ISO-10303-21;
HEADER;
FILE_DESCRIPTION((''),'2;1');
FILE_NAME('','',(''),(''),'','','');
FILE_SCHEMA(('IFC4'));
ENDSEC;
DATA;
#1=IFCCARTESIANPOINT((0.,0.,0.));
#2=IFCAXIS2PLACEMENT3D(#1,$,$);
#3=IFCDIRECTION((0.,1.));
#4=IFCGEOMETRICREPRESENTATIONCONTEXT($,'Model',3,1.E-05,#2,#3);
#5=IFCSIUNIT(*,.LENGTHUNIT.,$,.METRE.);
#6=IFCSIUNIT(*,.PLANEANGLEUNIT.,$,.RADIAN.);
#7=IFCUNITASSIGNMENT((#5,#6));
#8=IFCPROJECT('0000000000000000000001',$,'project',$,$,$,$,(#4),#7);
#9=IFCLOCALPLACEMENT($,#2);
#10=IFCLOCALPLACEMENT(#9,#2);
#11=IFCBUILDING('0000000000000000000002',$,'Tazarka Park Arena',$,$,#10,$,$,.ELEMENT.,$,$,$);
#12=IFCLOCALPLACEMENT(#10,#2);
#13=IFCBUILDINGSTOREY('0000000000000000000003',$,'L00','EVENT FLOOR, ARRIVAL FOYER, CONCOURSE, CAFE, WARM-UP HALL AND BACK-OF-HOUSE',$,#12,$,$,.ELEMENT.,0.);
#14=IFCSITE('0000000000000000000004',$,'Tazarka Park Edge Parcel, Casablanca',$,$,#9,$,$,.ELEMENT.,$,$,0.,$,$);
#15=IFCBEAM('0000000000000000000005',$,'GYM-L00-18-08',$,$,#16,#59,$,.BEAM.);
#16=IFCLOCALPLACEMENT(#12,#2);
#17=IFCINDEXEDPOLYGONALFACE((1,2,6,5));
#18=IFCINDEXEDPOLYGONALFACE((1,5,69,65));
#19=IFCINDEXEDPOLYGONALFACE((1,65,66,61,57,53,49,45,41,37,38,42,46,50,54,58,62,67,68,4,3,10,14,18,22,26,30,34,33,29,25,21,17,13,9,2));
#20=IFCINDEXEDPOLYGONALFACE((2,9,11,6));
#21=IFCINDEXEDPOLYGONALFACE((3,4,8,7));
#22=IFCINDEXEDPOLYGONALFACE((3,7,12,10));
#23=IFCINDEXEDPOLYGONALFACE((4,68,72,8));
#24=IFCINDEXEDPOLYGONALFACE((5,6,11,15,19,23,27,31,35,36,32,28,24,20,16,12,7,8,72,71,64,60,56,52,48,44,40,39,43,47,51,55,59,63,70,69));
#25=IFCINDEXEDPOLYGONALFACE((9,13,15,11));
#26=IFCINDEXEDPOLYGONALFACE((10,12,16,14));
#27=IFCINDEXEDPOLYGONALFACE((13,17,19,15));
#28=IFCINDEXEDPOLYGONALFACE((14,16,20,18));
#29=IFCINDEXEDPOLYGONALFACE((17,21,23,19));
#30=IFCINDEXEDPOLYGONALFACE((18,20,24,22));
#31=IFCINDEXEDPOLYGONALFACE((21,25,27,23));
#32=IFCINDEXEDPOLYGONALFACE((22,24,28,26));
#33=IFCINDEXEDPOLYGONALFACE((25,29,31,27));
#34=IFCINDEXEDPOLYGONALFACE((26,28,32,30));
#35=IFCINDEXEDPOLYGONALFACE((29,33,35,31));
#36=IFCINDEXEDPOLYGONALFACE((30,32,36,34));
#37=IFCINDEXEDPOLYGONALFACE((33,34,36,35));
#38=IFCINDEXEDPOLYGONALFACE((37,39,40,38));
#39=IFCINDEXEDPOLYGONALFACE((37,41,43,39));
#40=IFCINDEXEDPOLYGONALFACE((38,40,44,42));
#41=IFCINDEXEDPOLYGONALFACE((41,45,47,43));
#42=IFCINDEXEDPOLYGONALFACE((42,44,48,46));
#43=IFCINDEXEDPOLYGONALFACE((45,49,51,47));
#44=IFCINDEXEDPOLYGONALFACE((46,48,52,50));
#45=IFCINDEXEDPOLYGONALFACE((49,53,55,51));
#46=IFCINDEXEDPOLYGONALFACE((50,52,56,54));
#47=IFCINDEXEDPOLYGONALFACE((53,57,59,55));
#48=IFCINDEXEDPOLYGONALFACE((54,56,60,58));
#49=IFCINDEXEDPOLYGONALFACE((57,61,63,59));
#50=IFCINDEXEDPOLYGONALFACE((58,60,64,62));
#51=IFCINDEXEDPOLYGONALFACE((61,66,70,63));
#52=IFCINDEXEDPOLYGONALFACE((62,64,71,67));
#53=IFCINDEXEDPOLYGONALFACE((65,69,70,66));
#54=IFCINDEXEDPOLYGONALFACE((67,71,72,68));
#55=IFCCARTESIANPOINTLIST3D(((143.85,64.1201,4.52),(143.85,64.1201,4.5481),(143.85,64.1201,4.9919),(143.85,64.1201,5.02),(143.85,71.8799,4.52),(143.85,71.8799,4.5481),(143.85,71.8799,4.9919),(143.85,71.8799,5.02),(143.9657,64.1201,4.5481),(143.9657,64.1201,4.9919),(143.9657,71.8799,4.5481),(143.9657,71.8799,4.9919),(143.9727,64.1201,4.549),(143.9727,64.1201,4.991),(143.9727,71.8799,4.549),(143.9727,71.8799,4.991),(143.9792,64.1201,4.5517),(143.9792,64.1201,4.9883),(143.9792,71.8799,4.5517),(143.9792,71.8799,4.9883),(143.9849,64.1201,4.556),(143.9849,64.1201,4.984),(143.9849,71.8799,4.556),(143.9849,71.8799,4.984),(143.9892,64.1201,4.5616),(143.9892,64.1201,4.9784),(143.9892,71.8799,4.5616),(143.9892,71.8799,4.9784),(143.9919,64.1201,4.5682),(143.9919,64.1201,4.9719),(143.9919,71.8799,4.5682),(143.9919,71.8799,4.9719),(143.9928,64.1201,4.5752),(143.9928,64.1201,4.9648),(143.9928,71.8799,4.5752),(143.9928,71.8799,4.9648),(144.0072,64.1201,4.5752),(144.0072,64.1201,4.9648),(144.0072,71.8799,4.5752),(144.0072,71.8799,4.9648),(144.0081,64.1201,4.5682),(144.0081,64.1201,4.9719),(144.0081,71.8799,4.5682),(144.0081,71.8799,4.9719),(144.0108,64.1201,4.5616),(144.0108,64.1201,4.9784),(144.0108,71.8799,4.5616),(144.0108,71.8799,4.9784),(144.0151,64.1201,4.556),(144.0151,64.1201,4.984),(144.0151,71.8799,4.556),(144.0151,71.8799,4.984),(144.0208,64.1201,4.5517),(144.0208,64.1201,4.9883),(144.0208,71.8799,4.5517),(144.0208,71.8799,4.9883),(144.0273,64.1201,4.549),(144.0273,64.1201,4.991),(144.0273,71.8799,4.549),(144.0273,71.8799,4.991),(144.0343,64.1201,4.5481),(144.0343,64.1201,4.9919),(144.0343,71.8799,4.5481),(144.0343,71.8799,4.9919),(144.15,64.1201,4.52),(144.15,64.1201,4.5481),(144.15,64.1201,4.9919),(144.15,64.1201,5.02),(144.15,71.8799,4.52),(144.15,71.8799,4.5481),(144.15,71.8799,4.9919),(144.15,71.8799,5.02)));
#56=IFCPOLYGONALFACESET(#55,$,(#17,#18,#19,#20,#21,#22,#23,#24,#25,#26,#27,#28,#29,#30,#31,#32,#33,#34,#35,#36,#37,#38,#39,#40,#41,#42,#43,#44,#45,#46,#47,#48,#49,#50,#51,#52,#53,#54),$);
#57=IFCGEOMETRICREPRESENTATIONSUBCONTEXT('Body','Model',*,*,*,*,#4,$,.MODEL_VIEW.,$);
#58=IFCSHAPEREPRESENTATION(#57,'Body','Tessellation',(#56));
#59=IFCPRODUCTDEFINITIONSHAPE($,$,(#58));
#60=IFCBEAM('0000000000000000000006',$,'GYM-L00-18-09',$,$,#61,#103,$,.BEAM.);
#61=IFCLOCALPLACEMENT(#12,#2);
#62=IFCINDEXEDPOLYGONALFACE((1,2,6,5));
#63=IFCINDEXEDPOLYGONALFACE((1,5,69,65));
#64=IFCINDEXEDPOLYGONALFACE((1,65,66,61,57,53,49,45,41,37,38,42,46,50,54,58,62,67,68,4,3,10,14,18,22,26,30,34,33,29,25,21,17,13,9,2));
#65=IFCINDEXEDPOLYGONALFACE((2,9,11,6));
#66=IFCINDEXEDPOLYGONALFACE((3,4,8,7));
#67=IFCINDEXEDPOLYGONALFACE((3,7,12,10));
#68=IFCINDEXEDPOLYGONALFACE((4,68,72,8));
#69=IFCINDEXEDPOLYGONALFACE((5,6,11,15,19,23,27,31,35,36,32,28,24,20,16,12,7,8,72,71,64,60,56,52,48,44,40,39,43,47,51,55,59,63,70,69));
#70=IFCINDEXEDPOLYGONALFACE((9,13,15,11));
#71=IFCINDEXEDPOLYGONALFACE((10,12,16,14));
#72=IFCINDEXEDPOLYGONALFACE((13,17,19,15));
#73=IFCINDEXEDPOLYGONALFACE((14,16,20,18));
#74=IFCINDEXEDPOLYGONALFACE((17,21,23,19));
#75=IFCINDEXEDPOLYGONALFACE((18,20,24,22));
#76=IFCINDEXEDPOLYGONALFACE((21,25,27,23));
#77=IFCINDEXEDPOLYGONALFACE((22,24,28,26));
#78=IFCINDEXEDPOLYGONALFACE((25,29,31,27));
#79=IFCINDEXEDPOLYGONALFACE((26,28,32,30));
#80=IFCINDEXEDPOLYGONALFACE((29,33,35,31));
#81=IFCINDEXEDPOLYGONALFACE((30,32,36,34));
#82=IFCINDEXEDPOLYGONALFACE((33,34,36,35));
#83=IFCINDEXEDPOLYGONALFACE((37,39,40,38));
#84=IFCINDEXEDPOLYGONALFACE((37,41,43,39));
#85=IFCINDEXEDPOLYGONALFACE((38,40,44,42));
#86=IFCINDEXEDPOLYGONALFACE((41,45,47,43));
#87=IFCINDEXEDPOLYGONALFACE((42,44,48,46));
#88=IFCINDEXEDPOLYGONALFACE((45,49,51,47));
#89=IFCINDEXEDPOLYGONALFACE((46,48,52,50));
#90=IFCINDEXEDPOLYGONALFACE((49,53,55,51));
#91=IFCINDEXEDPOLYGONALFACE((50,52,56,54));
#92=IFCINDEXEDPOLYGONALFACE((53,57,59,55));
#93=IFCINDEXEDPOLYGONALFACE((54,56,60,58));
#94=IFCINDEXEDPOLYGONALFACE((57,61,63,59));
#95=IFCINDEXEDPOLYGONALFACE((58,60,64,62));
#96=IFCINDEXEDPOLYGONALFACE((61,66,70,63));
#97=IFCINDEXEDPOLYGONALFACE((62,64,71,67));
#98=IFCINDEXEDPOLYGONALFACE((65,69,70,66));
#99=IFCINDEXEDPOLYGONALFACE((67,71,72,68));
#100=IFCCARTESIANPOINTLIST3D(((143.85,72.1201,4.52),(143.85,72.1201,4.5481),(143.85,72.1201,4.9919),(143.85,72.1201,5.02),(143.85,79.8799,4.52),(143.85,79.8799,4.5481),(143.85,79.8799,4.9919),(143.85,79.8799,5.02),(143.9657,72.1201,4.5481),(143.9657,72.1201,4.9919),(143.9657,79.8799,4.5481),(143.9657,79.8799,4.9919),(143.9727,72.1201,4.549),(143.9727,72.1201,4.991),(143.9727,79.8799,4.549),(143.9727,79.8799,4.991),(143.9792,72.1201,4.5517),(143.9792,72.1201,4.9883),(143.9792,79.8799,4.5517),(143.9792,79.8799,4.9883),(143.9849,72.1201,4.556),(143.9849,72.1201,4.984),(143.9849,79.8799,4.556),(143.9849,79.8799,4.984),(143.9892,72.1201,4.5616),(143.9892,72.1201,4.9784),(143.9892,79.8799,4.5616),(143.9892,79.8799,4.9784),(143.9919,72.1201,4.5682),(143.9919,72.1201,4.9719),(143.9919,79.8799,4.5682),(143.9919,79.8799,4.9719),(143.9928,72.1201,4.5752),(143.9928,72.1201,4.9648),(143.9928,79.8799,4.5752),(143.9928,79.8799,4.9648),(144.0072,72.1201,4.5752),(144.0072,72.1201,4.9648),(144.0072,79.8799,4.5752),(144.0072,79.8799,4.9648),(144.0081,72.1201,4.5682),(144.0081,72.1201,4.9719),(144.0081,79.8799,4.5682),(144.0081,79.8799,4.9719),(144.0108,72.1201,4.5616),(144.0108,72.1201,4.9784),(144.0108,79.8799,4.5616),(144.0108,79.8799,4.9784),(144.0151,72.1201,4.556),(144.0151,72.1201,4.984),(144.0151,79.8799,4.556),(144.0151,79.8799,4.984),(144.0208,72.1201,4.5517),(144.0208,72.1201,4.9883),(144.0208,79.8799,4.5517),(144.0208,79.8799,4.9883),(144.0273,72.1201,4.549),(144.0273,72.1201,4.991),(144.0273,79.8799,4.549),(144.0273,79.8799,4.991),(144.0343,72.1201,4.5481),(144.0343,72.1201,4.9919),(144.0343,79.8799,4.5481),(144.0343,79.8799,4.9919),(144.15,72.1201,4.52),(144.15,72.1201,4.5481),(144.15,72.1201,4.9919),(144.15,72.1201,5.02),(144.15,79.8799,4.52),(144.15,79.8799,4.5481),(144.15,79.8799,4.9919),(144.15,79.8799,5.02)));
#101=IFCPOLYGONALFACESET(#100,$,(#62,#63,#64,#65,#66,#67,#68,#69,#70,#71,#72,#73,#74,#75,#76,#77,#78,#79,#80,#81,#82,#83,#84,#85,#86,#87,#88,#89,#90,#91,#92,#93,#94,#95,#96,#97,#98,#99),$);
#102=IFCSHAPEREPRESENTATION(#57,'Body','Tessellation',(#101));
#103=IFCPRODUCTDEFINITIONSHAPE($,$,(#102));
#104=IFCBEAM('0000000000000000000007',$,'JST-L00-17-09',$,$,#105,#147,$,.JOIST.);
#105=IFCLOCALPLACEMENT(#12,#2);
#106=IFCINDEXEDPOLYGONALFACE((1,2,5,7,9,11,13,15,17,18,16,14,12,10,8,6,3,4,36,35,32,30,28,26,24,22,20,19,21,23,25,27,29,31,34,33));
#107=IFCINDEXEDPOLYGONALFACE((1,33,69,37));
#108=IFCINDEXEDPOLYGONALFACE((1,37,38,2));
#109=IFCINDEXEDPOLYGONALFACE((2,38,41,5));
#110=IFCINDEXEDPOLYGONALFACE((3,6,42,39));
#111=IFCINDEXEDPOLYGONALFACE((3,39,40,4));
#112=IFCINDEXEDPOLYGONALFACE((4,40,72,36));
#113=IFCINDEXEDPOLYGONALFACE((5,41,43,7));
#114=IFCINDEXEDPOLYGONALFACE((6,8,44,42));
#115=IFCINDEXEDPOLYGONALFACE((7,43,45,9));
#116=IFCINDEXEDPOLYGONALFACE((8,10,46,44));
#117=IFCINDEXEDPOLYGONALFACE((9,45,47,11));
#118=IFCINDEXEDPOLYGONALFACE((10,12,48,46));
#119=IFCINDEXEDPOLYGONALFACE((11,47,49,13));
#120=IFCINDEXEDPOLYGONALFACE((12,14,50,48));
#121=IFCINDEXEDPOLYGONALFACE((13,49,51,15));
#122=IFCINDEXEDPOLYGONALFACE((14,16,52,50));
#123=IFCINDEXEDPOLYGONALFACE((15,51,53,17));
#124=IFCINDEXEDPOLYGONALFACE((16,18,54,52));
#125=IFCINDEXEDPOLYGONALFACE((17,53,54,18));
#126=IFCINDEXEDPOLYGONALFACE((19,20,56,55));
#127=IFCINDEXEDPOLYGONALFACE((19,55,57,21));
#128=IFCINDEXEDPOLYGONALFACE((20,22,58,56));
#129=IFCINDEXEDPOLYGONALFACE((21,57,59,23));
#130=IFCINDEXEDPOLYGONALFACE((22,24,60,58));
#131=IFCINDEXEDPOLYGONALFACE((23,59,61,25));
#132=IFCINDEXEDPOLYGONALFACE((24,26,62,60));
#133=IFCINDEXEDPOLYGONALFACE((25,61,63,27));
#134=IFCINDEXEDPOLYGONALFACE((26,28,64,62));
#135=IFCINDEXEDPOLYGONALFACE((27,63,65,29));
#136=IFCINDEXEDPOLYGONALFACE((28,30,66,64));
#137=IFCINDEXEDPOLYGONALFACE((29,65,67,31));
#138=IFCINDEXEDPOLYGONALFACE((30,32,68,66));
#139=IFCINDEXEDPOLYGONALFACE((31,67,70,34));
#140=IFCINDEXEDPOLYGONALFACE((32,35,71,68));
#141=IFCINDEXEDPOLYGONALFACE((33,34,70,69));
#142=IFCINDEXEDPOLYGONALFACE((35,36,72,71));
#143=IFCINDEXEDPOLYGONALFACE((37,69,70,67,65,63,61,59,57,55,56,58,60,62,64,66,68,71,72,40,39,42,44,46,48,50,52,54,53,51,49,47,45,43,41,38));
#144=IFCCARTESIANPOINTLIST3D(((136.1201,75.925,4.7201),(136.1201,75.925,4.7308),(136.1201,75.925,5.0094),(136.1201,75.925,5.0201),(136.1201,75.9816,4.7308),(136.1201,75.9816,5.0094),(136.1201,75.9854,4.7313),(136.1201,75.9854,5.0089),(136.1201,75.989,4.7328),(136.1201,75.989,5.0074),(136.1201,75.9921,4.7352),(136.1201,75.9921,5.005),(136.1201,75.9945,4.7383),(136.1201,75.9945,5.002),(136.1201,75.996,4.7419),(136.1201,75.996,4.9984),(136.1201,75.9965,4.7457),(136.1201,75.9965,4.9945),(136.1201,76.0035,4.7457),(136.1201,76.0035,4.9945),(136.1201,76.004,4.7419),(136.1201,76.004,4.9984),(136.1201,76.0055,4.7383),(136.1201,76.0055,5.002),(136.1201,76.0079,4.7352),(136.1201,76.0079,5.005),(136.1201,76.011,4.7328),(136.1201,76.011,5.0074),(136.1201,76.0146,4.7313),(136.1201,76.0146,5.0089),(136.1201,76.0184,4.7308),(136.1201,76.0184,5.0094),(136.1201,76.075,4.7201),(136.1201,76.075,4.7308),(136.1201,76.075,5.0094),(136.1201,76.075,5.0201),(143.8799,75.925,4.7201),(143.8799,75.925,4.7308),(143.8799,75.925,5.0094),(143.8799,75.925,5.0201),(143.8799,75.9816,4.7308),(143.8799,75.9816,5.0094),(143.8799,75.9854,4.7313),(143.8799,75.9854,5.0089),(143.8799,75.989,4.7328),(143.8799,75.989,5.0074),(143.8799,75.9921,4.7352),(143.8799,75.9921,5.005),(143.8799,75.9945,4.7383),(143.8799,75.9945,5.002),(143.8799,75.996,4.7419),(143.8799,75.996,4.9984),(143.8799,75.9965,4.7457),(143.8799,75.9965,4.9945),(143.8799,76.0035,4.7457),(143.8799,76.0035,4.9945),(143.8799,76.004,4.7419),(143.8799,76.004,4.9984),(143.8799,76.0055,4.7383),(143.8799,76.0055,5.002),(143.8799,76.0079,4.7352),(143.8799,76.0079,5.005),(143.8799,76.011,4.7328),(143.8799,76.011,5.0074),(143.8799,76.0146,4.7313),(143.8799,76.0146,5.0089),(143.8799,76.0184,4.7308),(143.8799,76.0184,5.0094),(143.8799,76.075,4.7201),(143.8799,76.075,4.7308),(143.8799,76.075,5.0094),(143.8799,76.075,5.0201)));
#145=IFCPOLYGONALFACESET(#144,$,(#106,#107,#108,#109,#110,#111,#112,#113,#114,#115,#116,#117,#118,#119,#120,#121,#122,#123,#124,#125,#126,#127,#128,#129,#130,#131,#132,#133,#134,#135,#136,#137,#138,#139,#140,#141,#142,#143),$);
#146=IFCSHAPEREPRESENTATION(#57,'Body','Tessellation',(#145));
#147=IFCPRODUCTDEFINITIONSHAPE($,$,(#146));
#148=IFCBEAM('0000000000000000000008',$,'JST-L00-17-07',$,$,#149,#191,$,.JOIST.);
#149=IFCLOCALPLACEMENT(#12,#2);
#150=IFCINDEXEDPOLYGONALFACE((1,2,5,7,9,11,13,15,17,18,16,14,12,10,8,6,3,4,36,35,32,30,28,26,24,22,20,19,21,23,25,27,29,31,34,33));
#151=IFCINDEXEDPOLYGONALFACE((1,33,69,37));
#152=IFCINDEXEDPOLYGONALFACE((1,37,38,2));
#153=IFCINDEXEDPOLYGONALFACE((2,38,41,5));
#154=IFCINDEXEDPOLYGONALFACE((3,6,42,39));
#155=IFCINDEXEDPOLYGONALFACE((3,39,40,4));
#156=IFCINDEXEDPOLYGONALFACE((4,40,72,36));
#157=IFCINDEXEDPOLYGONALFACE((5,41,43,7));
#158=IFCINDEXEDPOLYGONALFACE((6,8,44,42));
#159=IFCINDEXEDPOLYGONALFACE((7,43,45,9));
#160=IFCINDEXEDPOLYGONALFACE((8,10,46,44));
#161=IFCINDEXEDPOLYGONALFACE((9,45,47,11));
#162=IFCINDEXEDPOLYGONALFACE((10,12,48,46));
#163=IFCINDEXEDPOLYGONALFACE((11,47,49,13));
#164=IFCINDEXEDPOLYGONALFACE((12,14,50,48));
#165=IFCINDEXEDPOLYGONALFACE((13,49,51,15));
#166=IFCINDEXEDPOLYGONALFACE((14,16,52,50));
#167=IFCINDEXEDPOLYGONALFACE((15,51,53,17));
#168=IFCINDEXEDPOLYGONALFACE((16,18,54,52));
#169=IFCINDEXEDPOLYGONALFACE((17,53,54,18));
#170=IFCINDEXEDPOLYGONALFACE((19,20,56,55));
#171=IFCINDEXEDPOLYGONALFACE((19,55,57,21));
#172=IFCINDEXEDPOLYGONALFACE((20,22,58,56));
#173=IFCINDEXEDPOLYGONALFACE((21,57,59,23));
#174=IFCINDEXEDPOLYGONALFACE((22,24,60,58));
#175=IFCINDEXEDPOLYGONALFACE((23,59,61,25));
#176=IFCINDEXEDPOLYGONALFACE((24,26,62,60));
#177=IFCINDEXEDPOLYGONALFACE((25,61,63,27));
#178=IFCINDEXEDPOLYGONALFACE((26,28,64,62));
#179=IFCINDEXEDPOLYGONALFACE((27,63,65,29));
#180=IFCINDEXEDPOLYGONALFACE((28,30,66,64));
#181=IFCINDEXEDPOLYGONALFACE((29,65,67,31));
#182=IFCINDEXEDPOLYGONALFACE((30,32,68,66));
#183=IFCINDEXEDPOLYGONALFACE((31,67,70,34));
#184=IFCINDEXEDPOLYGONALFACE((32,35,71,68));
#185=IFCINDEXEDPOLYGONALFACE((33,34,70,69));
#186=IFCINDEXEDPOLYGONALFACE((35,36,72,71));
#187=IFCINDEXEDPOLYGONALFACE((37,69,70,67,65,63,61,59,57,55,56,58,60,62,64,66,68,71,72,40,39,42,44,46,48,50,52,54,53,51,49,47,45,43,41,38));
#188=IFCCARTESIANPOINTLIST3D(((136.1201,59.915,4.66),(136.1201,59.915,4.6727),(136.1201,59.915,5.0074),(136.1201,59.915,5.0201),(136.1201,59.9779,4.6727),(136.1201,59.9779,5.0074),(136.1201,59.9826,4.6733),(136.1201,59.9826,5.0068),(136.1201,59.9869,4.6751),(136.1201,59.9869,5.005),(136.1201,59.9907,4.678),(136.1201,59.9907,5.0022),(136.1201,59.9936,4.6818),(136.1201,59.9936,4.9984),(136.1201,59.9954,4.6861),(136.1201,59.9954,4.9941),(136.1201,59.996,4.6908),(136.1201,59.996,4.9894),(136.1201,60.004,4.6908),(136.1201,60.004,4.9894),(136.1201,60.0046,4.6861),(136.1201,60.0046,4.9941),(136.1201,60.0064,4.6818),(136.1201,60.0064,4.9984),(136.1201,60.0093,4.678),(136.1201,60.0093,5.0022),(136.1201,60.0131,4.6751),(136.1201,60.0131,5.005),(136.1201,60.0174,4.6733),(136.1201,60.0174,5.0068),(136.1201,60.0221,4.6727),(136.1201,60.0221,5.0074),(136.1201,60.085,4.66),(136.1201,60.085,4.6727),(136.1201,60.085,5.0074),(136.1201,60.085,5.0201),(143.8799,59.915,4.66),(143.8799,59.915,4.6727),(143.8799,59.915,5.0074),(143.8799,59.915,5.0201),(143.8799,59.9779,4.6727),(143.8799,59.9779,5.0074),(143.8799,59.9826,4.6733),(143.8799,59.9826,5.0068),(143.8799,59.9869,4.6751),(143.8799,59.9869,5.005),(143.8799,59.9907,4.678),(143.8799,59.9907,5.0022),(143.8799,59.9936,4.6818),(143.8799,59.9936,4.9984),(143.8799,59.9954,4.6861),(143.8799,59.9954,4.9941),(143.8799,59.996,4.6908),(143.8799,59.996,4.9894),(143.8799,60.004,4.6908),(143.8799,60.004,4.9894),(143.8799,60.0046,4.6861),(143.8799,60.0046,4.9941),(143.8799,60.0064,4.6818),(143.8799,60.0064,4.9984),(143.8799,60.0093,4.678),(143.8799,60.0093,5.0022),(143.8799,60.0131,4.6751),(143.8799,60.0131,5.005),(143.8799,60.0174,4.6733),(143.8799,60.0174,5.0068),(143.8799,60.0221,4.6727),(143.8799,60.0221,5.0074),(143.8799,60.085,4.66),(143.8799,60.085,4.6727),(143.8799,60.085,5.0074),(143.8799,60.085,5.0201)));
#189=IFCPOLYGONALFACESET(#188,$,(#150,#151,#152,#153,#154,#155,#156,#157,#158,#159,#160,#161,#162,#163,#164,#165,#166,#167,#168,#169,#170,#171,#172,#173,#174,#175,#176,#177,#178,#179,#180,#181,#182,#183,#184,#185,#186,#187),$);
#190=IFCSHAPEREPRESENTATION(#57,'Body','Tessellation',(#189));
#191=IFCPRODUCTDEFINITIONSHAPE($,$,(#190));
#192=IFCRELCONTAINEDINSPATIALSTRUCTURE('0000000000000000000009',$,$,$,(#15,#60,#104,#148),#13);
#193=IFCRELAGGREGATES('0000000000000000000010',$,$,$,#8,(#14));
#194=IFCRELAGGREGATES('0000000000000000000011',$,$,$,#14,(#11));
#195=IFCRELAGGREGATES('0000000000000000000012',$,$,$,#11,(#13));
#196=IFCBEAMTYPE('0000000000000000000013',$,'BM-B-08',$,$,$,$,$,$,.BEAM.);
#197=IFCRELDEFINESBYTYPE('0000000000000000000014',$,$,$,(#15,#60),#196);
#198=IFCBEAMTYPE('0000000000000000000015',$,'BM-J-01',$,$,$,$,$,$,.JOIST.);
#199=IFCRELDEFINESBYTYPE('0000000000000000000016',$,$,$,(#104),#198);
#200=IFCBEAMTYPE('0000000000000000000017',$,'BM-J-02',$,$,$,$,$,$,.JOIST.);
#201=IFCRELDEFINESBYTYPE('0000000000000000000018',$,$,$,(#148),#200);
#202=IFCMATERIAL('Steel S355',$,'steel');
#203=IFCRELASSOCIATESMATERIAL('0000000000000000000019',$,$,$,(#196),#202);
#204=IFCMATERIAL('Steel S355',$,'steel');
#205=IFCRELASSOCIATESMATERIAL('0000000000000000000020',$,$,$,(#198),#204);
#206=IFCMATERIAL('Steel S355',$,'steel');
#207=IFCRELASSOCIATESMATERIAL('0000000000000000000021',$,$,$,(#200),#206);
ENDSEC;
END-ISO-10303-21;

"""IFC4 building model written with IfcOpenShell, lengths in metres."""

from ifc_helpers import new_model, si_unit, direction, frame, origin, origin_2d, place, context, subcontext, project, spatial, i_section, extrude, material, material_profile, profile_set, type_object, element, save


model = new_model("IFC4")

# Units and contexts
model_context = context("Model", 3, precision=1e-05, world=origin(), true_north=direction((0.0, 1.0)))
body_context = subcontext(model_context, "Body", "Model", "MODEL_VIEW")
ifc_project = project(units=[si_unit("LENGTHUNIT", "METRE"), si_unit("PLANEANGLEUNIT", "RADIAN")], contexts=[model_context])

# Site, building, storey
site_placement = place(None, origin())
site = spatial("IfcSite", under=ifc_project, at=site_placement, Name="Tazarka Park Edge Parcel, Casablanca", CompositionType="ELEMENT", RefElevation=0.0)
building_placement = place(site_placement, origin())
building = spatial("IfcBuilding", under=site, at=building_placement, Name="Tazarka Park Arena", CompositionType="ELEMENT")
storey_placement = place(building_placement, origin())
storey = spatial("IfcBuildingStorey", under=building, at=storey_placement, Name="L00", Description="EVENT FLOOR, ARRIVAL FOYER, CONCOURSE, CAFE, WARM-UP HALL AND BACK-OF-HOUSE", CompositionType="ELEMENT", Elevation=0.0)

# Beams
ifc_material_1 = material(Name="Steel S355", Category="steel")
ifc_material_profile_1 = material_profile(ifc_material_1, i_section(OverallWidth=0.3, OverallDepth=0.5, WebThickness=0.0144, FlangeThickness=0.0281, FilletRadius=0.0271, at=origin_2d()), Name="Steel S355")
ifc_profile_set_1 = profile_set([ifc_material_profile_1], Name="Steel S355")
beam_type_1 = type_object("IfcBeamType", Name="BM-B-08", PredefinedType="BEAM", material=ifc_profile_set_1)
for number, where, z_axis, x_axis, name in (
    (1, (144.0, 64.1201, 4.77), (0.0, 1.0, 0.0), (-1.0, 0.0, 0.0), "GYM-L00-18-08"),
    (2, (144.0, 72.1201, 4.77), (0.0, 1.0, 0.0), (-1.0, 0.0, 0.0), "GYM-L00-18-09"),
):
    element("IfcBeam", number, at=place(storey_placement, frame(where, z_axis=z_axis, x_axis=x_axis)), inside=storey, type_object=beam_type_1, Name=name, PredefinedType="BEAM", context=body_context, shape_type="SweptSolid", body=[
        extrude(i_section(OverallWidth=0.3, OverallDepth=0.5, WebThickness=0.0144, FlangeThickness=0.0281, FilletRadius=0.0271, at=origin_2d()), origin(), (0.0, 0.0, 1.0), 7.7598),
    ])
ifc_material_2 = material(Name="Steel S355", Category="steel")
ifc_material_profile_2 = material_profile(ifc_material_2, i_section(OverallWidth=0.1499, OverallDepth=0.3, WebThickness=0.0071, FlangeThickness=0.0107, FilletRadius=0.0149, at=origin_2d()), Name="Steel S355")
ifc_profile_set_2 = profile_set([ifc_material_profile_2], Name="Steel S355")
beam_type_2 = type_object("IfcBeamType", Name="BM-J-01", PredefinedType="JOIST", material=ifc_profile_set_2)
beam_placement = place(storey_placement, frame((136.1201, 76.0, 4.8701), z_axis=(1.0, 0.0, 0.0), x_axis=(0.0, 1.0, 0.0)))
element("IfcBeam", 3, at=beam_placement, inside=storey, type_object=beam_type_2, Name="JST-L00-17-09", PredefinedType="JOIST", context=body_context, shape_type="SweptSolid", body=[
    extrude(i_section(OverallWidth=0.1499, OverallDepth=0.3, WebThickness=0.0071, FlangeThickness=0.0107, FilletRadius=0.0149, at=origin_2d()), origin(), (0.0, 0.0, 1.0), 7.7598),
])
ifc_material_3 = material(Name="Steel S355", Category="steel")
ifc_material_profile_3 = material_profile(ifc_material_3, i_section(OverallWidth=0.1699, OverallDepth=0.3601, WebThickness=0.0081, FlangeThickness=0.0127, FilletRadius=0.0181, at=origin_2d()), Name="Steel S355")
ifc_profile_set_3 = profile_set([ifc_material_profile_3], Name="Steel S355")
beam_type_3 = type_object("IfcBeamType", Name="BM-J-02", PredefinedType="JOIST", material=ifc_profile_set_3)
for number, where, z_axis, x_axis, name in (
    (4, (136.1201, 60.0, 4.8401), (1.0, 0.0, 0.0), (0.0, 1.0, 0.0), "JST-L00-17-07"),
):
    element("IfcBeam", number, at=place(storey_placement, frame(where, z_axis=z_axis, x_axis=x_axis)), inside=storey, type_object=beam_type_3, Name=name, PredefinedType="JOIST", context=body_context, shape_type="SweptSolid", body=[
        extrude(i_section(OverallWidth=0.1699, OverallDepth=0.3601, WebThickness=0.0081, FlangeThickness=0.0127, FilletRadius=0.0181, at=origin_2d()), origin(), (0.0, 0.0, 1.0), 7.7598),
    ])

save(model, "model.ifc")
